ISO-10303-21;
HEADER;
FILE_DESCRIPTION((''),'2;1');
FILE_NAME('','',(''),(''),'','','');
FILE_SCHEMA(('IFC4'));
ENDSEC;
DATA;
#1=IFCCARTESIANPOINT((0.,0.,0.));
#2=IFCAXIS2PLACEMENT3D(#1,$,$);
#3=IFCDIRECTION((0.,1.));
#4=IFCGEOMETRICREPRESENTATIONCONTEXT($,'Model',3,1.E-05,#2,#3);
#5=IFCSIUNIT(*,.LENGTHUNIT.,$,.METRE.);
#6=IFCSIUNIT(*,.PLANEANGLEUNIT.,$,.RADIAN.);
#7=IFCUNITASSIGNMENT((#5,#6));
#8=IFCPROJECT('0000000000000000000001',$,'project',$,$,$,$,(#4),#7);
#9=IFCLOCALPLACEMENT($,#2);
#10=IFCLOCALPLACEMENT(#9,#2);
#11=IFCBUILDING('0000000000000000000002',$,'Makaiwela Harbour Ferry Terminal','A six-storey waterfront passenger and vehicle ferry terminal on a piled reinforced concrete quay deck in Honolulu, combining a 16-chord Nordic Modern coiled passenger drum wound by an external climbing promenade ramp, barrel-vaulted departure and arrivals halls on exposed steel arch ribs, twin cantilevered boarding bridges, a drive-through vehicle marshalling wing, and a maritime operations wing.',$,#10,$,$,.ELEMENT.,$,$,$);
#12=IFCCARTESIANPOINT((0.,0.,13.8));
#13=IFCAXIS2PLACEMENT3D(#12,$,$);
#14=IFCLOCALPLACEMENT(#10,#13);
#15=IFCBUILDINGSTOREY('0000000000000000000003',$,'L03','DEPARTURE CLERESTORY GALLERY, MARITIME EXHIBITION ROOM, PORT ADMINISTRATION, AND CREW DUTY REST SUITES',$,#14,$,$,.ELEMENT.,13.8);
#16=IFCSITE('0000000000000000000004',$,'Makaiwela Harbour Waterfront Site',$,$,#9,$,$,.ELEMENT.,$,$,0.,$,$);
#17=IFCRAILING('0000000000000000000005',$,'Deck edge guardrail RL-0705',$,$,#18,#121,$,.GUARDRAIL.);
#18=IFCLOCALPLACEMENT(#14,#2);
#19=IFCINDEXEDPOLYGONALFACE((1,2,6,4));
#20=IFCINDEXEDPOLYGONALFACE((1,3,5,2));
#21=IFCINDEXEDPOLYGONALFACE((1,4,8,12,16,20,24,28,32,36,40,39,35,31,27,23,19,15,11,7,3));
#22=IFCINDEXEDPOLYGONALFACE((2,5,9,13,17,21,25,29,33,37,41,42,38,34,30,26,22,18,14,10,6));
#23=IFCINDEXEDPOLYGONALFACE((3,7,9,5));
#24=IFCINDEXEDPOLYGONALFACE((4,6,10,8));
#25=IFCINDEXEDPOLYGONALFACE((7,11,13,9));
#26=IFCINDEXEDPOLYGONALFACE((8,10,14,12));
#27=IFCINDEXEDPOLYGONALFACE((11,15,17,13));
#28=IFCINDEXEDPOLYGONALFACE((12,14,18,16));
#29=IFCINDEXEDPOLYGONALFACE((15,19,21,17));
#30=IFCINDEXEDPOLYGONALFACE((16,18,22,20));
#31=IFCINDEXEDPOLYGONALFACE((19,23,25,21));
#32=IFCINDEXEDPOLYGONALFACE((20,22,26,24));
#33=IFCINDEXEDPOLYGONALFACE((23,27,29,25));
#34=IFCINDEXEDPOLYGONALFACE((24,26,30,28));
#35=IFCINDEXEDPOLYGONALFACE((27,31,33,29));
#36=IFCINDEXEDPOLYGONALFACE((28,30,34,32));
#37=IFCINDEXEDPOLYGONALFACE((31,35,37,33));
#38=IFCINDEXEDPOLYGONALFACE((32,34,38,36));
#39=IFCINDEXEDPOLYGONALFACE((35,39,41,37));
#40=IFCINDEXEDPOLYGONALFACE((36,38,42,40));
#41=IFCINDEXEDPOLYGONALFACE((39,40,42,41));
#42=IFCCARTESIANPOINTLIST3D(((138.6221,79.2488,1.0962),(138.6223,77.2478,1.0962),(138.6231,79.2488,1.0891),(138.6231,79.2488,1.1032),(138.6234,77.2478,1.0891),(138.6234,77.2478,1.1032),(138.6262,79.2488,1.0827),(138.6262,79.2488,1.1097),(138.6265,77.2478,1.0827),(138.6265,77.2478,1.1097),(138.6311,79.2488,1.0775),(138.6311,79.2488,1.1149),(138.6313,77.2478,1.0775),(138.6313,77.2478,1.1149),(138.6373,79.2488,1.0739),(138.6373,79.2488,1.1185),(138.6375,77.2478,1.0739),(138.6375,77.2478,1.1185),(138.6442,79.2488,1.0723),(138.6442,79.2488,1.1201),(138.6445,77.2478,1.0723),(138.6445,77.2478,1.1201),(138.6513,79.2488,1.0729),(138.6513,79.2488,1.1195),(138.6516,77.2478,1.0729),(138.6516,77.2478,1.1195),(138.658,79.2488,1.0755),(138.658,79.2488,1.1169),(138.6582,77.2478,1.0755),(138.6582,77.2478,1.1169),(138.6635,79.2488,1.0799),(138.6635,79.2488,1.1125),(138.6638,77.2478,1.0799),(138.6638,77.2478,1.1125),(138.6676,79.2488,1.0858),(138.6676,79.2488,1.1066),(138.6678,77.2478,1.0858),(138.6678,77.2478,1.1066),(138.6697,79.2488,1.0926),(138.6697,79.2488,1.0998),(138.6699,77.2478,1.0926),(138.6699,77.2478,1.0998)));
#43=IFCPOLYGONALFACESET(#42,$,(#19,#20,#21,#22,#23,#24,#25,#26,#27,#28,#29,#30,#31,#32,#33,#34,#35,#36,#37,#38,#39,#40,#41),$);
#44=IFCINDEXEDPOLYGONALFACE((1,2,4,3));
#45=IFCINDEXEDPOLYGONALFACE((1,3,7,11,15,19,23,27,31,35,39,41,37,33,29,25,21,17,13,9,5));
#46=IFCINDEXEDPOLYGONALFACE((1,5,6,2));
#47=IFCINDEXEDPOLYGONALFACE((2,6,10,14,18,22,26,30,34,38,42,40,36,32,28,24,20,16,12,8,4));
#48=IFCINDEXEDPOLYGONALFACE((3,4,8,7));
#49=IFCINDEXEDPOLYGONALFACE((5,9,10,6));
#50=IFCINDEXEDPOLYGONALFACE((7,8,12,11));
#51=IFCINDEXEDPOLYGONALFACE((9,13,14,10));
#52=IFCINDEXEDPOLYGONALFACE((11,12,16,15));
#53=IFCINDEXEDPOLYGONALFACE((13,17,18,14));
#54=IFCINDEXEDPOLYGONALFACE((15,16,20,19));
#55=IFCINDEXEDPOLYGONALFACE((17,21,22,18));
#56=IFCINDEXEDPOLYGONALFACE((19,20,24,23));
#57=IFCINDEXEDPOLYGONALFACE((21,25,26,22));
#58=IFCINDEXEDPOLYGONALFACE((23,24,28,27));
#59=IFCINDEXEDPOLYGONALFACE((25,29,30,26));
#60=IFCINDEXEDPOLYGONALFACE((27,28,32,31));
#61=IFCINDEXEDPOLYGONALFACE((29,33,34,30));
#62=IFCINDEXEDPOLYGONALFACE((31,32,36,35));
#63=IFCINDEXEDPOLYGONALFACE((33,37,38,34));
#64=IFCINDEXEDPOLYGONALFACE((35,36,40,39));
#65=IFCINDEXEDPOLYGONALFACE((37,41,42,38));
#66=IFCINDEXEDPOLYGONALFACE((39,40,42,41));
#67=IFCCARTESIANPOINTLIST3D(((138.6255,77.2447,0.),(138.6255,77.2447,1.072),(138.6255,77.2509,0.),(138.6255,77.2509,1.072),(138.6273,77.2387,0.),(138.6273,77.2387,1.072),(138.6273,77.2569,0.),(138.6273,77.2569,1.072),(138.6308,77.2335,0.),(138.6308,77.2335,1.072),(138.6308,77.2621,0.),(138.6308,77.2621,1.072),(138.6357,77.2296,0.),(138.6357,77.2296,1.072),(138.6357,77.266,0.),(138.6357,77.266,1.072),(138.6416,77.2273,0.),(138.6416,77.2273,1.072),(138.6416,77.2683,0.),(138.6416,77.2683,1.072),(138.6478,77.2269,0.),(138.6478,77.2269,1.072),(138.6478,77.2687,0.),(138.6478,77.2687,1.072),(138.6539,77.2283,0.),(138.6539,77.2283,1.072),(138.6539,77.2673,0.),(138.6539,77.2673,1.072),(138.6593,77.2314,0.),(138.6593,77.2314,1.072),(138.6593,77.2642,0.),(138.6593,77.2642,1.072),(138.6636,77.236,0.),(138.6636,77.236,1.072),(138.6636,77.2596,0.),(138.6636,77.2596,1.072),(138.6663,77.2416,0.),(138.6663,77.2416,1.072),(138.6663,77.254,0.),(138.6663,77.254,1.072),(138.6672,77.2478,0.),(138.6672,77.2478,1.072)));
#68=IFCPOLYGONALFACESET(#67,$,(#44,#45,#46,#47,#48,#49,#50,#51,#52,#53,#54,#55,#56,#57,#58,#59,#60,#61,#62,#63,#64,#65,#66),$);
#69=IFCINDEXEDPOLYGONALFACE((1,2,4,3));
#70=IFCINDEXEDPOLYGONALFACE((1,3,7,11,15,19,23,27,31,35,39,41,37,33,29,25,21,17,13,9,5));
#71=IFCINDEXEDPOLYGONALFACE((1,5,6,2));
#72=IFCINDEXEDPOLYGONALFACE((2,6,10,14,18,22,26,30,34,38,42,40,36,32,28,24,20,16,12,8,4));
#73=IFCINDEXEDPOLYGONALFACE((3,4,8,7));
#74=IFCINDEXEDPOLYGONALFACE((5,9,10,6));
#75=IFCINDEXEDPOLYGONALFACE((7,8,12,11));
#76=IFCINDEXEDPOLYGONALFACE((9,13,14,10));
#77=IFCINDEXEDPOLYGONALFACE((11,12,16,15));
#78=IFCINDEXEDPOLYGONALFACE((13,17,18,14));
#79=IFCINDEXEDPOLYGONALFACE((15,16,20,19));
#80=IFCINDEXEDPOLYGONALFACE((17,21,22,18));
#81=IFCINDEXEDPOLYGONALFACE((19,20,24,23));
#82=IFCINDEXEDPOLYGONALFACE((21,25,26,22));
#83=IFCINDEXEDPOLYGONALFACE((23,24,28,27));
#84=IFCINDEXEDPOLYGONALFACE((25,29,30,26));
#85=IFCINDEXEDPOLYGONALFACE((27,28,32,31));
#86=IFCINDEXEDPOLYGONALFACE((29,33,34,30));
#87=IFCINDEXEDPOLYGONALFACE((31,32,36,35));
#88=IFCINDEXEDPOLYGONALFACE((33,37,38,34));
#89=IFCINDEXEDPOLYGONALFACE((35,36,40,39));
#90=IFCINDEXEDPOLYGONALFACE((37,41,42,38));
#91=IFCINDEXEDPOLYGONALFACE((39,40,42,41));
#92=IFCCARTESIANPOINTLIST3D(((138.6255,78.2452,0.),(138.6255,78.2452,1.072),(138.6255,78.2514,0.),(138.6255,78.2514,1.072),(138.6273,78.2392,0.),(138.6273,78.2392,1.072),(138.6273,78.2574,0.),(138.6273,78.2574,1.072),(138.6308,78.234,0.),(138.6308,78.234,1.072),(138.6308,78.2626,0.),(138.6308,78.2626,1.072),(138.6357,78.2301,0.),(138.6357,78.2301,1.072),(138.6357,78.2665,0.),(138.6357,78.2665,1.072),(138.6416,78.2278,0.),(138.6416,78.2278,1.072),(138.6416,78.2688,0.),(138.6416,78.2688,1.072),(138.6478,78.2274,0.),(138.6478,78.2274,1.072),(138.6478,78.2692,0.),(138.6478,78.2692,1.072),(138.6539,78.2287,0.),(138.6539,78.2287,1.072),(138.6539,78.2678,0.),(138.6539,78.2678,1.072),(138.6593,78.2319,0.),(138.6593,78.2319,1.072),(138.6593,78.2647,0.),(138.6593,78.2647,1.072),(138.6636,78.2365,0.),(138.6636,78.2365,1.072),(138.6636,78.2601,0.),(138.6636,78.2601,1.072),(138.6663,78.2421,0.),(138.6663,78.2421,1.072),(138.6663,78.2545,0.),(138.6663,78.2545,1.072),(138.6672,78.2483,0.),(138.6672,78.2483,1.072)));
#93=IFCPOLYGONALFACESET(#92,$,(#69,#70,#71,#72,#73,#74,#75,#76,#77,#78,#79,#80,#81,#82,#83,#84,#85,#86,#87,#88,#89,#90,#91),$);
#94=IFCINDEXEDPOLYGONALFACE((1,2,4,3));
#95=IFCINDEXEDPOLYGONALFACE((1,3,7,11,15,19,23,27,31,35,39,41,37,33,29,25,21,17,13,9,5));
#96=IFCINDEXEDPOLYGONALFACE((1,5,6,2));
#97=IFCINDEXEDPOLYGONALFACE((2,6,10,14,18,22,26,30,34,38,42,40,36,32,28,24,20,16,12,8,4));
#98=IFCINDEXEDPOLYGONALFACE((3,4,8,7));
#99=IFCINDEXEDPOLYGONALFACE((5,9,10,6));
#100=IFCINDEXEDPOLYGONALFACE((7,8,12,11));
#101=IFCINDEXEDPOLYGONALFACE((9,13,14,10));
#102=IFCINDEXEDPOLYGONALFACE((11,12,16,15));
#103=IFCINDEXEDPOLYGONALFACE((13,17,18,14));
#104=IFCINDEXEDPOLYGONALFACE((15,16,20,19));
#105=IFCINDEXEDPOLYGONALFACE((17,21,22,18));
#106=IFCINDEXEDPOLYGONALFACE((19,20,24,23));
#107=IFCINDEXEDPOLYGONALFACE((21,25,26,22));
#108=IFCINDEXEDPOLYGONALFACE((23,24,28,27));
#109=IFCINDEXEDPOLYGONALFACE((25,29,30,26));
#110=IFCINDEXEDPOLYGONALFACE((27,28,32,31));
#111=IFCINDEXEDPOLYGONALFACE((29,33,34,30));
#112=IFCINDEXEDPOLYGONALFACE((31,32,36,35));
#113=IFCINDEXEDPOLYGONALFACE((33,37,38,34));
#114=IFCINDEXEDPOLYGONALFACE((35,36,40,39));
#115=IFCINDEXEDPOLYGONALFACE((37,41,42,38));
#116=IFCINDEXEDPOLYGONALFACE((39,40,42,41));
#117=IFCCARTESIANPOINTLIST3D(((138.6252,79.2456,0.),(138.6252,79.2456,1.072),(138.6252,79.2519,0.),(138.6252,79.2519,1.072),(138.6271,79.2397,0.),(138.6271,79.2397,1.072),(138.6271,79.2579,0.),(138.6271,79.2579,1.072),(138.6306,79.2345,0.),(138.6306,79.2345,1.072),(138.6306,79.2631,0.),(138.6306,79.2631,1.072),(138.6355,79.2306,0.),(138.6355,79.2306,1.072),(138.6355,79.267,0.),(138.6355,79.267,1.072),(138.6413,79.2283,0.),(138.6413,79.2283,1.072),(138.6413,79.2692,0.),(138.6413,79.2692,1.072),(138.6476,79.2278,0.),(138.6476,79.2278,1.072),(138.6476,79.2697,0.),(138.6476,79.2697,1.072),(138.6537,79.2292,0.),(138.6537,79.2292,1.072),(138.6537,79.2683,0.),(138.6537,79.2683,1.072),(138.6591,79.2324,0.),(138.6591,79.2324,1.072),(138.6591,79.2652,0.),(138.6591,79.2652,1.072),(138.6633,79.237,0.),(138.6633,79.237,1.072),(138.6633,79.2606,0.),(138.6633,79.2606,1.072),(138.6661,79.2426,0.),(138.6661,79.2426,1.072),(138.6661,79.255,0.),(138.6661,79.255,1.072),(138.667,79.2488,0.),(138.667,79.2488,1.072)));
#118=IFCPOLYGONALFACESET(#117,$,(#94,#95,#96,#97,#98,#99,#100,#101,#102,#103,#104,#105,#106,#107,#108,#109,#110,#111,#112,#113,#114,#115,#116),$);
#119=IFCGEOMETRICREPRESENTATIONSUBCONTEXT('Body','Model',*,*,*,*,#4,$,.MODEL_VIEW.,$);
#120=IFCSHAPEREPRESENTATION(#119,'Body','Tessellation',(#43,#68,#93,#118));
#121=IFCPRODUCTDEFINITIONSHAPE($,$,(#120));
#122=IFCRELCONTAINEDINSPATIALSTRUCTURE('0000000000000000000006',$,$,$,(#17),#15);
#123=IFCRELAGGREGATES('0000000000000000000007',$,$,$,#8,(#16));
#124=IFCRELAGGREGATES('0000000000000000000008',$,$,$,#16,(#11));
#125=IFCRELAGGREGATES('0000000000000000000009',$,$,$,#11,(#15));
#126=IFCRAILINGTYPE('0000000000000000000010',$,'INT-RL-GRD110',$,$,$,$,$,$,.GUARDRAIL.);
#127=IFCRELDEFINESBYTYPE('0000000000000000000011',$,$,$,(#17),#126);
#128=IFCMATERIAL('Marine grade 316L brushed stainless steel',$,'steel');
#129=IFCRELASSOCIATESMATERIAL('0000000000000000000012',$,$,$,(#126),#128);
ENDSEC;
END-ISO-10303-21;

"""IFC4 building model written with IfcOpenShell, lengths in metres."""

from ifc_helpers import new_model, si_unit, direction, frame, origin, origin_2d, place, context, subcontext, project, spatial, circle, extrude, material, type_object, element, save


model = new_model("IFC4")

# Units and contexts
model_context = context("Model", 3, precision=1e-05, world=origin(), true_north=direction((0.0, 1.0)))
body_context = subcontext(model_context, "Body", "Model", "MODEL_VIEW")
ifc_project = project(units=[si_unit("LENGTHUNIT", "METRE"), si_unit("PLANEANGLEUNIT", "RADIAN")], contexts=[model_context])

# Site, building, storey
site_placement = place(None, origin())
site = spatial("IfcSite", under=ifc_project, at=site_placement, Name="Makaiwela Harbour Waterfront Site", CompositionType="ELEMENT", RefElevation=0.0)
building_placement = place(site_placement, origin())
building = spatial("IfcBuilding", under=site, at=building_placement, Name="Makaiwela Harbour Ferry Terminal", Description="A six-storey waterfront passenger and vehicle ferry terminal on a piled reinforced concrete quay deck in Honolulu, combining a 16-chord Nordic Modern coiled passenger drum wound by an external climbing promenade ramp, barrel-vaulted departure and arrivals halls on exposed steel arch ribs, twin cantilevered boarding bridges, a drive-through vehicle marshalling wing, and a maritime operations wing.", CompositionType="ELEMENT")
storey_placement = place(building_placement, frame((0.0, 0.0, 13.8)))
storey = spatial("IfcBuildingStorey", under=building, at=storey_placement, Name="L03", Description="DEPARTURE CLERESTORY GALLERY, MARITIME EXHIBITION ROOM, PORT ADMINISTRATION, AND CREW DUTY REST SUITES", CompositionType="ELEMENT", Elevation=13.8)

# Railing
ifc_material_1 = material(Name="Marine grade 316L brushed stainless steel", Category="steel")
railing_type = type_object("IfcRailingType", Name="INT-RL-GRD110", PredefinedType="GUARDRAIL", material=ifc_material_1)
railing_1_placement = place(storey_placement, frame((138.6462, 77.2478, 0.0)))
element("IfcRailing", 1, at=railing_1_placement, inside=storey, type_object=railing_type, Name="Deck edge guardrail RL-0705", PredefinedType="GUARDRAIL", context=body_context, shape_type="SweptSolid", body=[
    extrude(circle(Radius=0.0239, at=origin_2d()), frame((0.0, 0.0, 1.0962), z_axis=(-0.000122, 1.0, 0.0), x_axis=(-1.0, -0.000122, 0.0)), (0.0, 0.0, 1.0), 2.001),
    extrude(circle(Radius=0.021, at=origin_2d()), origin(), (0.0, 0.0, 1.0), 1.072),
    extrude(circle(Radius=0.021, at=origin_2d()), frame((0.0, 1.0005, 0.0)), (0.0, 0.0, 1.0), 1.072),
    extrude(circle(Radius=0.021, at=origin_2d()), frame((-0.0002, 2.001, 0.0)), (0.0, 0.0, 1.0), 1.072),
])

save(model, "model.ifc")
